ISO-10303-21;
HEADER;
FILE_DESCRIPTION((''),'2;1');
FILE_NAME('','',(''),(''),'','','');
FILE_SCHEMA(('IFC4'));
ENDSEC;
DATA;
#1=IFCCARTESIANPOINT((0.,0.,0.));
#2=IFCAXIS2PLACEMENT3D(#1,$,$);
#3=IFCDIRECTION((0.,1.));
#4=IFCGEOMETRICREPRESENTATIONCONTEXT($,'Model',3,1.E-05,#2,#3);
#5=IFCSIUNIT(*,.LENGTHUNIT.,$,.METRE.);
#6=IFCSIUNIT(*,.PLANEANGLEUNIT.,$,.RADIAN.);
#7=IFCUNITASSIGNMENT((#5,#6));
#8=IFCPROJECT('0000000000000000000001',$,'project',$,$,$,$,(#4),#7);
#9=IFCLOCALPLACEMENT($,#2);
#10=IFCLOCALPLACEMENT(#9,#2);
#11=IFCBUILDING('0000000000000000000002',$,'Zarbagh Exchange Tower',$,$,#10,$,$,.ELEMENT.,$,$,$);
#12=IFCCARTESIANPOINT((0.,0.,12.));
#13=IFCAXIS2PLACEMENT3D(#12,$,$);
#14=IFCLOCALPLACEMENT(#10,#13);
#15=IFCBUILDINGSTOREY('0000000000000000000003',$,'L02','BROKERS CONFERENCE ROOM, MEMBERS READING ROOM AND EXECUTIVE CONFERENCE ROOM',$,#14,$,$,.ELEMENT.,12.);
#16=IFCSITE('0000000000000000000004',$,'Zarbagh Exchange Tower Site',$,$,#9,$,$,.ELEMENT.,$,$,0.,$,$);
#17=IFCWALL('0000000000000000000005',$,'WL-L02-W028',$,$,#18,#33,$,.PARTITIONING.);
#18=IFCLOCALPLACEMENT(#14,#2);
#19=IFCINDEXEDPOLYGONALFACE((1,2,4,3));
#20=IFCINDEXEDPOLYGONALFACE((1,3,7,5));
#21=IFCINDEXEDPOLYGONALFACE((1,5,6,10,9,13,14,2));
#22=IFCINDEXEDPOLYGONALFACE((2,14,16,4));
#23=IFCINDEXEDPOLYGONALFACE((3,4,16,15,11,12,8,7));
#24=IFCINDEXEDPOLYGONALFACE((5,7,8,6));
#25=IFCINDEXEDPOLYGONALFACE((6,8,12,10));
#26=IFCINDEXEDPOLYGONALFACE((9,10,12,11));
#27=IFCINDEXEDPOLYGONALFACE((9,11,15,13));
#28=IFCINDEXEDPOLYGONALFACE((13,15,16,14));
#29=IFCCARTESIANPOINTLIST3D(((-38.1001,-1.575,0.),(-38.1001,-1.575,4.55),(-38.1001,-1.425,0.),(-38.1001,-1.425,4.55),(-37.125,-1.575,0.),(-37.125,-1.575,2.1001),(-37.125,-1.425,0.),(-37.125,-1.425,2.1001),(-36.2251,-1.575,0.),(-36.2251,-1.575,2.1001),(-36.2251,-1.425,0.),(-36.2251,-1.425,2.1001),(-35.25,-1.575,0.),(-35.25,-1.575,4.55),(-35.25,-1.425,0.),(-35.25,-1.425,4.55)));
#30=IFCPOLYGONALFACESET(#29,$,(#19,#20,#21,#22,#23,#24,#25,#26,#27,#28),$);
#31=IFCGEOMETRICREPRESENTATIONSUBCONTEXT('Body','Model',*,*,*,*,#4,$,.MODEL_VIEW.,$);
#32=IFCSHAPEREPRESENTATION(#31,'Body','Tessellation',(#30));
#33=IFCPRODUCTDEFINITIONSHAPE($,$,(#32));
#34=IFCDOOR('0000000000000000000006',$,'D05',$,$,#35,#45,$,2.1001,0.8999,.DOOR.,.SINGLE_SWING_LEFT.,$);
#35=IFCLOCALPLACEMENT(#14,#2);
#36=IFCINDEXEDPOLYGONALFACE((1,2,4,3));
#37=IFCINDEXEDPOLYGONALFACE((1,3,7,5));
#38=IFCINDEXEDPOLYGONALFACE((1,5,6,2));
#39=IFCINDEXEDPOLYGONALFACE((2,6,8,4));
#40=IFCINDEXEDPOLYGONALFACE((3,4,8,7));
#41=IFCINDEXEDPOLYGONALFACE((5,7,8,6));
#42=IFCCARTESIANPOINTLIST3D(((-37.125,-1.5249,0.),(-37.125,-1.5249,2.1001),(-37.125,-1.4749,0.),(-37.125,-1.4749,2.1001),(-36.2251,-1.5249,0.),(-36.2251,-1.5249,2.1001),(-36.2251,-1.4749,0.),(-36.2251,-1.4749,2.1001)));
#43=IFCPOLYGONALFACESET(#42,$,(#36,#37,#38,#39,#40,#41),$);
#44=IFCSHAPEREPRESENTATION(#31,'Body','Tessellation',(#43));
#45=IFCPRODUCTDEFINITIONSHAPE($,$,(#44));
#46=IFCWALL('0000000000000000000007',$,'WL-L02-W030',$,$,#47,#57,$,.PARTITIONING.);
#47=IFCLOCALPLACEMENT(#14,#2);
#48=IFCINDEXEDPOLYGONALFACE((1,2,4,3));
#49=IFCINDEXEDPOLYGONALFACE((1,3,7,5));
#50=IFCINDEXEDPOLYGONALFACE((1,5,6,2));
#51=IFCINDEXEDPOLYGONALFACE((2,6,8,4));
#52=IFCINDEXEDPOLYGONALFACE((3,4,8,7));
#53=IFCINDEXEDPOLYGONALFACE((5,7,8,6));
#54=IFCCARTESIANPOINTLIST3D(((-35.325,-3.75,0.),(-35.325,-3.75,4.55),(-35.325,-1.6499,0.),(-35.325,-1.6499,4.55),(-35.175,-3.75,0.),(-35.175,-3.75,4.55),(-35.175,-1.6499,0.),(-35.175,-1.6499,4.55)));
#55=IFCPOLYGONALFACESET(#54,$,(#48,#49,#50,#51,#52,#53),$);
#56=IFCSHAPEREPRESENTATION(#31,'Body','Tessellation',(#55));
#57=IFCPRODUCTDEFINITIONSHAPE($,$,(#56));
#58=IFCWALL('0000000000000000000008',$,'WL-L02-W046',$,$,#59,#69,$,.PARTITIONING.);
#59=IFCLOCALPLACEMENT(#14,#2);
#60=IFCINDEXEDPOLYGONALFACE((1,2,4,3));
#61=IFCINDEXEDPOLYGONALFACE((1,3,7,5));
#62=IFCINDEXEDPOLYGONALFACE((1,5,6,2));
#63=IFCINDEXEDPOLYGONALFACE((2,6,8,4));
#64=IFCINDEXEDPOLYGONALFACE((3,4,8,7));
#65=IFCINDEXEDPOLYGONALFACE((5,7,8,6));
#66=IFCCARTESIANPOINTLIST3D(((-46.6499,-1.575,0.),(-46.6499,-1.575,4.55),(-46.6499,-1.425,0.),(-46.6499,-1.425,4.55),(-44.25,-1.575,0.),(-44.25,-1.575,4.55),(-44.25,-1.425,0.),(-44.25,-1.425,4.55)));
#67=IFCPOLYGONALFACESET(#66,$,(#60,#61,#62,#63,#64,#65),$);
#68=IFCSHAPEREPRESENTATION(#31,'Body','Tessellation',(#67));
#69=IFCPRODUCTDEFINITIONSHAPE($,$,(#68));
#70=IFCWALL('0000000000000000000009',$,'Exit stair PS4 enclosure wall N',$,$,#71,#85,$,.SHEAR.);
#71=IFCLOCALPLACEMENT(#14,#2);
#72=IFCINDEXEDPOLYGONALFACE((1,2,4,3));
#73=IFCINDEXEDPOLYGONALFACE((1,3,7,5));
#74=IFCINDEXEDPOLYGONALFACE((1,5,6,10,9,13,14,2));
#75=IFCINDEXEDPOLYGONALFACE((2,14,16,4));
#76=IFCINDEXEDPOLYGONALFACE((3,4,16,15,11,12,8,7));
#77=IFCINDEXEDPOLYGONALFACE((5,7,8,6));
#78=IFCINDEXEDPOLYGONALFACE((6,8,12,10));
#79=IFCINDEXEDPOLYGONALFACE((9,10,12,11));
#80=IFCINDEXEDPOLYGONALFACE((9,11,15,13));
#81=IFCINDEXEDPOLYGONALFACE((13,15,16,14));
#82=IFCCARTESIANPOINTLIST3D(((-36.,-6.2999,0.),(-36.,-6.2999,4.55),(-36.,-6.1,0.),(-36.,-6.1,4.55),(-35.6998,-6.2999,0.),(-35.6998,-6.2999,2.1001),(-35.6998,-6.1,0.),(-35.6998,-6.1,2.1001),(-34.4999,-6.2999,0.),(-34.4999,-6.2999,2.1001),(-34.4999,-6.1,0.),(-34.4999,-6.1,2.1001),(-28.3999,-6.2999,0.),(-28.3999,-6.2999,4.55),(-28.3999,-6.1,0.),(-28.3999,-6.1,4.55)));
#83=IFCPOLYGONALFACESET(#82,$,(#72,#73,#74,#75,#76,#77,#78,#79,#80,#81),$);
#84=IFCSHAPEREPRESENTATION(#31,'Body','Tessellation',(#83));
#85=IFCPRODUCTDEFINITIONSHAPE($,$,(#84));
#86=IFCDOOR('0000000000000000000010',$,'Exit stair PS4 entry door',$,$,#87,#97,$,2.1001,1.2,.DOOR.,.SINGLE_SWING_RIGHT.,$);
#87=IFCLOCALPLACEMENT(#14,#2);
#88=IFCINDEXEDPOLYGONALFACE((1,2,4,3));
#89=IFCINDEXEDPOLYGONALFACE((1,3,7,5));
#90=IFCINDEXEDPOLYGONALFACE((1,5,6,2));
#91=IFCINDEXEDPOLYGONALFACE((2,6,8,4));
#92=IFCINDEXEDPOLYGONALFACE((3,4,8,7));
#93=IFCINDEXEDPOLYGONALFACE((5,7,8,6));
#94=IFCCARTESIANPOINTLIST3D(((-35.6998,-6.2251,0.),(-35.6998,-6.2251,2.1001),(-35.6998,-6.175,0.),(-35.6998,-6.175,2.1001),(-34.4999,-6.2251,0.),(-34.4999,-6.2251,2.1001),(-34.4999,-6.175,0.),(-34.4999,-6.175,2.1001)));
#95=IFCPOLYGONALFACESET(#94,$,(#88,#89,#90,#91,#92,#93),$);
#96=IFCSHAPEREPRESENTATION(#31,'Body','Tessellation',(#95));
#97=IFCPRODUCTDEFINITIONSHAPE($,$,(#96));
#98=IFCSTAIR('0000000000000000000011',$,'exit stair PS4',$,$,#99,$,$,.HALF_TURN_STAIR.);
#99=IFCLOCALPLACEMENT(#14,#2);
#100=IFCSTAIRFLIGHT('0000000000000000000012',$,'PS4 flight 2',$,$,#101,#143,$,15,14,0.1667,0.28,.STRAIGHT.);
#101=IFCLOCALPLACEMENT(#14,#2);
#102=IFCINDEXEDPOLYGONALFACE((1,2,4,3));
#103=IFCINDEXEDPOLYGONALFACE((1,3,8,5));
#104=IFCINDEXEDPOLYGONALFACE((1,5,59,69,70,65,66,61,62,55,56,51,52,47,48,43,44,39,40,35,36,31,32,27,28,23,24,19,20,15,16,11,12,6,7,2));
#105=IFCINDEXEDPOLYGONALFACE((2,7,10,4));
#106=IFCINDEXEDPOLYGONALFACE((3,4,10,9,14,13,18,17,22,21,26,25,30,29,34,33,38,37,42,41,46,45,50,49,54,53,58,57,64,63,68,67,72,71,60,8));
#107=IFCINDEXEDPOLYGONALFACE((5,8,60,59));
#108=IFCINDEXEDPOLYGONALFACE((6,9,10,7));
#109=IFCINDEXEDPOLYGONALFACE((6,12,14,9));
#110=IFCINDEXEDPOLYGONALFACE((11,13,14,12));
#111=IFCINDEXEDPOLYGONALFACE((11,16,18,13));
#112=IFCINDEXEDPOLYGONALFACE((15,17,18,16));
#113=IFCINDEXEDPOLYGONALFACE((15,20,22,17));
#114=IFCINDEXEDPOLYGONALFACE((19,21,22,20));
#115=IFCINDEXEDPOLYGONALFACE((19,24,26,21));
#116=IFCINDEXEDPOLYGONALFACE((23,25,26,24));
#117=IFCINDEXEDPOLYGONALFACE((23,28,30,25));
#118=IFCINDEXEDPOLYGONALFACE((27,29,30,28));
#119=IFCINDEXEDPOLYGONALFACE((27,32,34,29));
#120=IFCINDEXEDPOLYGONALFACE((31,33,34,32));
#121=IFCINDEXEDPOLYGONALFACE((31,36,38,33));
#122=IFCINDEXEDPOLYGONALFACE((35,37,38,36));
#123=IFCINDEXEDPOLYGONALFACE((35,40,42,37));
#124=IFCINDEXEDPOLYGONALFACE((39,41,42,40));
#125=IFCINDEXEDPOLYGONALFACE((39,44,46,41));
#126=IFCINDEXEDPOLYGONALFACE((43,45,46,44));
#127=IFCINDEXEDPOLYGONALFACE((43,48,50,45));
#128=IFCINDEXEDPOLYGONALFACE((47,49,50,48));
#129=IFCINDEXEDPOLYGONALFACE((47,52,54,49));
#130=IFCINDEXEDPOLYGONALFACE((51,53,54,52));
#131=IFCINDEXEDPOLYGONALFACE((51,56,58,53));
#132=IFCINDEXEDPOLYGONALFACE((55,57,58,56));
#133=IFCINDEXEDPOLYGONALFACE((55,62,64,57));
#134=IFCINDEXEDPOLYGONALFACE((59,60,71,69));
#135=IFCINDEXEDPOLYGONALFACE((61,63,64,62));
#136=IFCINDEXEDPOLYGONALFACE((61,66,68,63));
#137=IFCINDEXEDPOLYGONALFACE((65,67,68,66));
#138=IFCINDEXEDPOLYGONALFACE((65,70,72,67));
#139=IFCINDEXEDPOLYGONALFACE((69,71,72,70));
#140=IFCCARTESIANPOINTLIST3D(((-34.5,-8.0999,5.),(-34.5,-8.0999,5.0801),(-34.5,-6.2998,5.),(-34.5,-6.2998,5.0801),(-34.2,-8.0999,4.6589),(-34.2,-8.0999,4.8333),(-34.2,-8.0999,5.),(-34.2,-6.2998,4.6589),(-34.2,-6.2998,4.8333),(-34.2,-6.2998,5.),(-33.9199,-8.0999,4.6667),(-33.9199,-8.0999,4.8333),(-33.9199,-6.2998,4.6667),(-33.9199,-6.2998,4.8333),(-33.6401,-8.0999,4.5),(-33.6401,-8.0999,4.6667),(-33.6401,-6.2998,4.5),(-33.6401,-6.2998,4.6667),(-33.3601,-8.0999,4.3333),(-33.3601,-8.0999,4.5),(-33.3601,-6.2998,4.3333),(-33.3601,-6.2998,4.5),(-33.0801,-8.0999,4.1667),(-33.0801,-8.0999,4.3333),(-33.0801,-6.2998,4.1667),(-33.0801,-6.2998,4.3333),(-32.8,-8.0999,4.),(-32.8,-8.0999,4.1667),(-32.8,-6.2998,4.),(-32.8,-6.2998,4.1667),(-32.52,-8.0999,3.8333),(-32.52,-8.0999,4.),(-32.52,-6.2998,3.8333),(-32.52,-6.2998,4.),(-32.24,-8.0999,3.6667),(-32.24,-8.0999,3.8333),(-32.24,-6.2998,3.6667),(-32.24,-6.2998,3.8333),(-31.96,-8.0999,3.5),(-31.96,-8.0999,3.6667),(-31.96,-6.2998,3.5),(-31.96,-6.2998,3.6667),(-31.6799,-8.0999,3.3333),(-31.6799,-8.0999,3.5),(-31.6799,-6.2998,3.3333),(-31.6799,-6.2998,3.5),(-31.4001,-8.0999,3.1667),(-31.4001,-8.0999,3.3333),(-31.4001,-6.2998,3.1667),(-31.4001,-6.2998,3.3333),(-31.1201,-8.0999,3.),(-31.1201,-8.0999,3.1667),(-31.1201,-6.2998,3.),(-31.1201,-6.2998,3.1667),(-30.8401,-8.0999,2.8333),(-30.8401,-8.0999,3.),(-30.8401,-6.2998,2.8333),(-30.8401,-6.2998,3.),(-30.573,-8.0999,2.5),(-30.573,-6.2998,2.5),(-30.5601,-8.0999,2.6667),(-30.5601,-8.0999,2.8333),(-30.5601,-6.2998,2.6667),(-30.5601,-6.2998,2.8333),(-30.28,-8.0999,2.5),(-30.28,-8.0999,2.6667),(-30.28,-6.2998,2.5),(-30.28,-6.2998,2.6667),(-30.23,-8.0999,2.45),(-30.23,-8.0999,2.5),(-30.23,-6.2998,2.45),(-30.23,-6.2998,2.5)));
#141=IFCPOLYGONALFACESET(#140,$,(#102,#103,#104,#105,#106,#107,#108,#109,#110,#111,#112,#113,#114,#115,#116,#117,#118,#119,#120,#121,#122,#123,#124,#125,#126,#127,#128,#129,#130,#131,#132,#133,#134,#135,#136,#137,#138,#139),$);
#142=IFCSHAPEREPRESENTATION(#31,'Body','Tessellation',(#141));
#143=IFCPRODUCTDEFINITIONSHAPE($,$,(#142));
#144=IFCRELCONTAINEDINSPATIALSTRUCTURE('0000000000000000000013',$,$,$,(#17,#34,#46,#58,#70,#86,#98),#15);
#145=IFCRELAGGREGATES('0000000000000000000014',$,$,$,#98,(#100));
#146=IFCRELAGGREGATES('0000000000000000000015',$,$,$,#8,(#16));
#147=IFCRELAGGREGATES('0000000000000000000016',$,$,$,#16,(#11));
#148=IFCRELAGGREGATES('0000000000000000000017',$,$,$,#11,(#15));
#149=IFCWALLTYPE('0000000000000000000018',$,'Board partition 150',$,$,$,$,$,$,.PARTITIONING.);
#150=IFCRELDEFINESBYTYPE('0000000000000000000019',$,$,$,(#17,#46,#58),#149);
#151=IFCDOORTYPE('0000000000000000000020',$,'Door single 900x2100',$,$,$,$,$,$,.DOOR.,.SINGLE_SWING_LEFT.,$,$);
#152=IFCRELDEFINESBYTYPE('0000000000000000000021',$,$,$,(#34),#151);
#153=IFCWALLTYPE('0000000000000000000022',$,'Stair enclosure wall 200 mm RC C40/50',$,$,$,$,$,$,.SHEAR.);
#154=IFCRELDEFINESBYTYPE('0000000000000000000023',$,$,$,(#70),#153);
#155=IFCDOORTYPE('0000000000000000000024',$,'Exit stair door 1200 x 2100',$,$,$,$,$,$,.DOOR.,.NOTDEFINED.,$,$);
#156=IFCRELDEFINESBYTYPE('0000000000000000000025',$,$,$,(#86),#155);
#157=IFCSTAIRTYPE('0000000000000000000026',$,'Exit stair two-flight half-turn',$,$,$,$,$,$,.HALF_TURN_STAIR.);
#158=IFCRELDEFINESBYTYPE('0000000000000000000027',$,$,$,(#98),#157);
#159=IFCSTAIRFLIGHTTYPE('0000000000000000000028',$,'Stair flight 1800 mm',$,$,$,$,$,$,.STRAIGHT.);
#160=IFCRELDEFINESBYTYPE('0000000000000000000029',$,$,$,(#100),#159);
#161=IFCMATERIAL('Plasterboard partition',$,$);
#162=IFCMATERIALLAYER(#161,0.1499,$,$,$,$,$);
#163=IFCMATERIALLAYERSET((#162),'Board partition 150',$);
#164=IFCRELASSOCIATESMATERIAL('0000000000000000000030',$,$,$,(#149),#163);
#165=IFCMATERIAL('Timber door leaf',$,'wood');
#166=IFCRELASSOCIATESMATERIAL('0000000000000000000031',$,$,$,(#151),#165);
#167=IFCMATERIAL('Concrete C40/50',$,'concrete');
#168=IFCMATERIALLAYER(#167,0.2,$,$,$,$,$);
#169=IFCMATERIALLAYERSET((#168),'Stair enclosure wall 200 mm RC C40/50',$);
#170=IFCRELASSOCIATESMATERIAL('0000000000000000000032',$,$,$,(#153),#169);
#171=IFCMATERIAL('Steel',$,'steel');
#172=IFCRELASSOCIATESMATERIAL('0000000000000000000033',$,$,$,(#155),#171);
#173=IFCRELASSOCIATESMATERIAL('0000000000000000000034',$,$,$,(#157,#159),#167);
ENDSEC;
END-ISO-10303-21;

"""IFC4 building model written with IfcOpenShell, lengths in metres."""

from ifc_helpers import new_model, si_unit, direction, frame, frame_2d, origin, place, context, subcontext, project, spatial, polyline, rectangle, outline, extrude, material, layer, layer_set, type_object, element, fill, aggregate, save


model = new_model("IFC4")

# Units and contexts
model_context = context("Model", 3, precision=1e-05, world=origin(), true_north=direction((0.0, 1.0)))
body_context = subcontext(model_context, "Body", "Model", "MODEL_VIEW")
ifc_project = project(units=[si_unit("LENGTHUNIT", "METRE"), si_unit("PLANEANGLEUNIT", "RADIAN")], contexts=[model_context])

# Site, building, storey
site_placement = place(None, origin())
site = spatial("IfcSite", under=ifc_project, at=site_placement, Name="Zarbagh Exchange Tower Site", CompositionType="ELEMENT", RefElevation=0.0)
building_placement = place(site_placement, origin())
building = spatial("IfcBuilding", under=site, at=building_placement, Name="Zarbagh Exchange Tower", CompositionType="ELEMENT")
storey_placement = place(building_placement, frame((0.0, 0.0, 12.0)))
storey = spatial("IfcBuildingStorey", under=building, at=storey_placement, Name="L02", Description="BROKERS CONFERENCE ROOM, MEMBERS READING ROOM AND EXECUTIVE CONFERENCE ROOM", CompositionType="ELEMENT", Elevation=12.0)

# Shared definitions
ifc_material_1 = material(Name="Plasterboard partition")
ifc_layer_1 = layer(ifc_material_1, 0.1499)
ifc_layer_set_1 = layer_set([ifc_layer_1], Name="Board partition 150")
wall_type_1 = type_object("IfcWallType", Name="Board partition 150", PredefinedType="PARTITIONING", material=ifc_layer_set_1)

# Shared definitions
ifc_material_2 = material(Name="Timber door leaf", Category="wood")
door_type_1 = type_object("IfcDoorType", Name="Door single 900x2100", OperationType="SINGLE_SWING_LEFT", PredefinedType="DOOR", material=ifc_material_2)

# Wall, opening, door
wall_1_placement = place(storey_placement, frame((-35.25, -1.5, 0.0), z_axis=(0.0, 0.0, 1.0), x_axis=(-1.0, 0.0, 0.0)))
wall_1 = element("IfcWall", 1, at=wall_1_placement, inside=storey, type_object=wall_type_1, Name="WL-L02-W028", PredefinedType="PARTITIONING", context=body_context, shape_type="SweptSolid", body=[
    extrude(rectangle(XDim=2.8501, YDim=0.1499, at=frame_2d((1.425, 0.0))), origin(), (0.0, 0.0, 1.0), 4.55),
])
opening_1_placement = place(wall_1_placement, frame((0.9751, 0.0, 0.0)))
opening_1 = element("IfcOpeningElement", 2, at=opening_1_placement, cuts=wall_1, PredefinedType="OPENING", context=body_context, shape_type="SweptSolid", body=[
    extrude(rectangle(XDim=0.8999, YDim=2.1001, at=frame_2d((0.45, 1.05))), frame((0.0, 0.085, 0.0), z_axis=(0.0, -1.0, 0.0), x_axis=(1.0, 0.0, 0.0)), (0.0, 0.0, 1.0), 0.1699),
])
door_1_placement = place(opening_1_placement, origin())
door_1 = element("IfcDoor", 3, at=door_1_placement, inside=storey, type_object=door_type_1, Name="D05", OperationType="SINGLE_SWING_LEFT", OverallHeight=2.1001, OverallWidth=0.8999, PredefinedType="DOOR", context=body_context, shape_type="SweptSolid", body=[
    extrude(rectangle(XDim=0.8999, YDim=2.1001, at=frame_2d((0.45, 1.05))), frame((0.0, 0.0249, 0.0), z_axis=(0.0, -1.0, 0.0), x_axis=(1.0, 0.0, 0.0)), (0.0, 0.0, 1.0), 0.05),
])
fill(opening_1, door_1)

# Walls
wall_2_placement = place(storey_placement, frame((-35.25, -1.6499, 0.0), z_axis=(0.0, 0.0, 1.0), x_axis=(0.0, -1.0, 0.0)))
element("IfcWall", 4, at=wall_2_placement, inside=storey, type_object=wall_type_1, Name="WL-L02-W030", PredefinedType="PARTITIONING", context=body_context, shape_type="SweptSolid", body=[
    extrude(rectangle(XDim=2.1001, YDim=0.1499, at=frame_2d((1.05, 0.0))), origin(), (0.0, 0.0, 1.0), 4.55),
])
wall_3_placement = place(storey_placement, frame((-44.25, -1.5, 0.0), z_axis=(0.0, 0.0, 1.0), x_axis=(-1.0, 0.0, 0.0)))
element("IfcWall", 5, at=wall_3_placement, inside=storey, type_object=wall_type_1, Name="WL-L02-W046", PredefinedType="PARTITIONING", context=body_context, shape_type="SweptSolid", body=[
    extrude(rectangle(XDim=2.3999, YDim=0.1499, at=frame_2d((1.2, 0.0))), origin(), (0.0, 0.0, 1.0), 4.55),
])

# Wall, opening, door
ifc_material_3 = material(Name="Concrete C40/50", Category="concrete")
ifc_layer_2 = layer(ifc_material_3, 0.2)
ifc_layer_set_2 = layer_set([ifc_layer_2], Name="Stair enclosure wall 200 mm RC C40/50")
wall_type_2 = type_object("IfcWallType", Name="Stair enclosure wall 200 mm RC C40/50", PredefinedType="SHEAR", material=ifc_layer_set_2)
wall_4_placement = place(storey_placement, frame((-36.0, -6.2, 0.0), z_axis=(0.0, 0.0, 1.0), x_axis=(1.0, 0.0, 0.0)))
wall_4 = element("IfcWall", 6, at=wall_4_placement, inside=storey, type_object=wall_type_2, Name="Exit stair PS4 enclosure wall N", PredefinedType="SHEAR", context=body_context, shape_type="SweptSolid", body=[
    extrude(rectangle(XDim=7.6001, YDim=0.2, at=frame_2d((3.8, 0.0))), origin(), (0.0, 0.0, 1.0), 4.55),
])
opening_2_placement = place(wall_4_placement, frame((0.3, 0.0, 0.0)))
opening_2 = element("IfcOpeningElement", 7, at=opening_2_placement, cuts=wall_4, PredefinedType="OPENING", context=body_context, shape_type="SweptSolid", body=[
    extrude(rectangle(XDim=1.2, YDim=2.1001, at=frame_2d((0.6001, 1.05))), frame((0.0, 0.1099, 0.0), z_axis=(0.0, -1.0, 0.0), x_axis=(1.0, 0.0, 0.0)), (0.0, 0.0, 1.0), 0.22),
])
ifc_material_4 = material(Name="Steel", Category="steel")
door_type_2 = type_object("IfcDoorType", Name="Exit stair door 1200 x 2100", OperationType="NOTDEFINED", PredefinedType="DOOR", material=ifc_material_4)
door_2_placement = place(opening_2_placement, origin())
door_2 = element("IfcDoor", 8, at=door_2_placement, inside=storey, type_object=door_type_2, Name="Exit stair PS4 entry door", OperationType="SINGLE_SWING_RIGHT", OverallHeight=2.1001, OverallWidth=1.2, PredefinedType="DOOR", context=body_context, shape_type="SweptSolid", body=[
    extrude(rectangle(XDim=1.2, YDim=2.1001, at=frame_2d((0.6001, 1.05))), frame((0.0, 0.0249, 0.0), z_axis=(0.0, -1.0, 0.0), x_axis=(1.0, 0.0, 0.0)), (0.0, 0.0, 1.0), 0.05),
])
fill(opening_2, door_2)

# Stair, stair flight
stair_type = type_object("IfcStairType", Name="Exit stair two-flight half-turn", PredefinedType="HALF_TURN_STAIR", material=ifc_material_3)
stair_placement = place(storey_placement, origin())
stair = element("IfcStair", 9, at=stair_placement, inside=storey, type_object=stair_type, Name="exit stair PS4", PredefinedType="HALF_TURN_STAIR")
stair_flight_type = type_object("IfcStairFlightType", Name="Stair flight 1800 mm", PredefinedType="STRAIGHT", material=ifc_material_3)
stair_flight_placement = place(storey_placement, frame((-30.28, -7.2, 2.5), z_axis=(0.0, 0.0, 1.0), x_axis=(-1.0, 0.0, 0.0)))
stair_flight = element("IfcStairFlight", 10, at=stair_flight_placement, type_object=stair_flight_type, Name="PS4 flight 2", NumberOfRisers=15, NumberOfTreads=14, PredefinedType="STRAIGHT", RiserHeight=0.1667, TreadLength=0.28, context=body_context, shape_type="SweptSolid", body=[
    extrude(outline(polyline([(-0.05, -0.05), (-0.05, 0.0), (0.0, 0.0), (0.0, 0.1667), (0.28, 0.1667), (0.28, 0.3333), (0.5601, 0.3333), (0.5601, 0.5), (0.8401, 0.5), (0.8401, 0.6667), (1.1201, 0.6667), (1.1201, 0.8333), (1.3999, 0.8333), (1.3999, 1.0), (1.6799, 1.0), (1.6799, 1.1667), (1.96, 1.1667), (1.96, 1.3333), (2.24, 1.3333), (2.24, 1.5), (2.52, 1.5), (2.52, 1.6667), (2.8, 1.6667), (2.8, 1.8333), (3.0801, 1.8333), (3.0801, 2.0), (3.3601, 2.0), (3.3601, 2.1667), (3.6399, 2.1667), (3.6399, 2.3333), (3.9199, 2.3333), (3.9199, 2.5), (4.22, 2.5801), (4.22, 2.5), (3.9199, 2.1589), (0.293, 0.0), (-0.05, -0.05)])), frame((0.0, 0.8999, 0.0), z_axis=(0.0, -1.0, 0.0), x_axis=(1.0, 0.0, 0.0)), (0.0, 0.0, 1.0), 1.8),
])
aggregate(stair, [stair_flight])

save(model, "model.ifc")
